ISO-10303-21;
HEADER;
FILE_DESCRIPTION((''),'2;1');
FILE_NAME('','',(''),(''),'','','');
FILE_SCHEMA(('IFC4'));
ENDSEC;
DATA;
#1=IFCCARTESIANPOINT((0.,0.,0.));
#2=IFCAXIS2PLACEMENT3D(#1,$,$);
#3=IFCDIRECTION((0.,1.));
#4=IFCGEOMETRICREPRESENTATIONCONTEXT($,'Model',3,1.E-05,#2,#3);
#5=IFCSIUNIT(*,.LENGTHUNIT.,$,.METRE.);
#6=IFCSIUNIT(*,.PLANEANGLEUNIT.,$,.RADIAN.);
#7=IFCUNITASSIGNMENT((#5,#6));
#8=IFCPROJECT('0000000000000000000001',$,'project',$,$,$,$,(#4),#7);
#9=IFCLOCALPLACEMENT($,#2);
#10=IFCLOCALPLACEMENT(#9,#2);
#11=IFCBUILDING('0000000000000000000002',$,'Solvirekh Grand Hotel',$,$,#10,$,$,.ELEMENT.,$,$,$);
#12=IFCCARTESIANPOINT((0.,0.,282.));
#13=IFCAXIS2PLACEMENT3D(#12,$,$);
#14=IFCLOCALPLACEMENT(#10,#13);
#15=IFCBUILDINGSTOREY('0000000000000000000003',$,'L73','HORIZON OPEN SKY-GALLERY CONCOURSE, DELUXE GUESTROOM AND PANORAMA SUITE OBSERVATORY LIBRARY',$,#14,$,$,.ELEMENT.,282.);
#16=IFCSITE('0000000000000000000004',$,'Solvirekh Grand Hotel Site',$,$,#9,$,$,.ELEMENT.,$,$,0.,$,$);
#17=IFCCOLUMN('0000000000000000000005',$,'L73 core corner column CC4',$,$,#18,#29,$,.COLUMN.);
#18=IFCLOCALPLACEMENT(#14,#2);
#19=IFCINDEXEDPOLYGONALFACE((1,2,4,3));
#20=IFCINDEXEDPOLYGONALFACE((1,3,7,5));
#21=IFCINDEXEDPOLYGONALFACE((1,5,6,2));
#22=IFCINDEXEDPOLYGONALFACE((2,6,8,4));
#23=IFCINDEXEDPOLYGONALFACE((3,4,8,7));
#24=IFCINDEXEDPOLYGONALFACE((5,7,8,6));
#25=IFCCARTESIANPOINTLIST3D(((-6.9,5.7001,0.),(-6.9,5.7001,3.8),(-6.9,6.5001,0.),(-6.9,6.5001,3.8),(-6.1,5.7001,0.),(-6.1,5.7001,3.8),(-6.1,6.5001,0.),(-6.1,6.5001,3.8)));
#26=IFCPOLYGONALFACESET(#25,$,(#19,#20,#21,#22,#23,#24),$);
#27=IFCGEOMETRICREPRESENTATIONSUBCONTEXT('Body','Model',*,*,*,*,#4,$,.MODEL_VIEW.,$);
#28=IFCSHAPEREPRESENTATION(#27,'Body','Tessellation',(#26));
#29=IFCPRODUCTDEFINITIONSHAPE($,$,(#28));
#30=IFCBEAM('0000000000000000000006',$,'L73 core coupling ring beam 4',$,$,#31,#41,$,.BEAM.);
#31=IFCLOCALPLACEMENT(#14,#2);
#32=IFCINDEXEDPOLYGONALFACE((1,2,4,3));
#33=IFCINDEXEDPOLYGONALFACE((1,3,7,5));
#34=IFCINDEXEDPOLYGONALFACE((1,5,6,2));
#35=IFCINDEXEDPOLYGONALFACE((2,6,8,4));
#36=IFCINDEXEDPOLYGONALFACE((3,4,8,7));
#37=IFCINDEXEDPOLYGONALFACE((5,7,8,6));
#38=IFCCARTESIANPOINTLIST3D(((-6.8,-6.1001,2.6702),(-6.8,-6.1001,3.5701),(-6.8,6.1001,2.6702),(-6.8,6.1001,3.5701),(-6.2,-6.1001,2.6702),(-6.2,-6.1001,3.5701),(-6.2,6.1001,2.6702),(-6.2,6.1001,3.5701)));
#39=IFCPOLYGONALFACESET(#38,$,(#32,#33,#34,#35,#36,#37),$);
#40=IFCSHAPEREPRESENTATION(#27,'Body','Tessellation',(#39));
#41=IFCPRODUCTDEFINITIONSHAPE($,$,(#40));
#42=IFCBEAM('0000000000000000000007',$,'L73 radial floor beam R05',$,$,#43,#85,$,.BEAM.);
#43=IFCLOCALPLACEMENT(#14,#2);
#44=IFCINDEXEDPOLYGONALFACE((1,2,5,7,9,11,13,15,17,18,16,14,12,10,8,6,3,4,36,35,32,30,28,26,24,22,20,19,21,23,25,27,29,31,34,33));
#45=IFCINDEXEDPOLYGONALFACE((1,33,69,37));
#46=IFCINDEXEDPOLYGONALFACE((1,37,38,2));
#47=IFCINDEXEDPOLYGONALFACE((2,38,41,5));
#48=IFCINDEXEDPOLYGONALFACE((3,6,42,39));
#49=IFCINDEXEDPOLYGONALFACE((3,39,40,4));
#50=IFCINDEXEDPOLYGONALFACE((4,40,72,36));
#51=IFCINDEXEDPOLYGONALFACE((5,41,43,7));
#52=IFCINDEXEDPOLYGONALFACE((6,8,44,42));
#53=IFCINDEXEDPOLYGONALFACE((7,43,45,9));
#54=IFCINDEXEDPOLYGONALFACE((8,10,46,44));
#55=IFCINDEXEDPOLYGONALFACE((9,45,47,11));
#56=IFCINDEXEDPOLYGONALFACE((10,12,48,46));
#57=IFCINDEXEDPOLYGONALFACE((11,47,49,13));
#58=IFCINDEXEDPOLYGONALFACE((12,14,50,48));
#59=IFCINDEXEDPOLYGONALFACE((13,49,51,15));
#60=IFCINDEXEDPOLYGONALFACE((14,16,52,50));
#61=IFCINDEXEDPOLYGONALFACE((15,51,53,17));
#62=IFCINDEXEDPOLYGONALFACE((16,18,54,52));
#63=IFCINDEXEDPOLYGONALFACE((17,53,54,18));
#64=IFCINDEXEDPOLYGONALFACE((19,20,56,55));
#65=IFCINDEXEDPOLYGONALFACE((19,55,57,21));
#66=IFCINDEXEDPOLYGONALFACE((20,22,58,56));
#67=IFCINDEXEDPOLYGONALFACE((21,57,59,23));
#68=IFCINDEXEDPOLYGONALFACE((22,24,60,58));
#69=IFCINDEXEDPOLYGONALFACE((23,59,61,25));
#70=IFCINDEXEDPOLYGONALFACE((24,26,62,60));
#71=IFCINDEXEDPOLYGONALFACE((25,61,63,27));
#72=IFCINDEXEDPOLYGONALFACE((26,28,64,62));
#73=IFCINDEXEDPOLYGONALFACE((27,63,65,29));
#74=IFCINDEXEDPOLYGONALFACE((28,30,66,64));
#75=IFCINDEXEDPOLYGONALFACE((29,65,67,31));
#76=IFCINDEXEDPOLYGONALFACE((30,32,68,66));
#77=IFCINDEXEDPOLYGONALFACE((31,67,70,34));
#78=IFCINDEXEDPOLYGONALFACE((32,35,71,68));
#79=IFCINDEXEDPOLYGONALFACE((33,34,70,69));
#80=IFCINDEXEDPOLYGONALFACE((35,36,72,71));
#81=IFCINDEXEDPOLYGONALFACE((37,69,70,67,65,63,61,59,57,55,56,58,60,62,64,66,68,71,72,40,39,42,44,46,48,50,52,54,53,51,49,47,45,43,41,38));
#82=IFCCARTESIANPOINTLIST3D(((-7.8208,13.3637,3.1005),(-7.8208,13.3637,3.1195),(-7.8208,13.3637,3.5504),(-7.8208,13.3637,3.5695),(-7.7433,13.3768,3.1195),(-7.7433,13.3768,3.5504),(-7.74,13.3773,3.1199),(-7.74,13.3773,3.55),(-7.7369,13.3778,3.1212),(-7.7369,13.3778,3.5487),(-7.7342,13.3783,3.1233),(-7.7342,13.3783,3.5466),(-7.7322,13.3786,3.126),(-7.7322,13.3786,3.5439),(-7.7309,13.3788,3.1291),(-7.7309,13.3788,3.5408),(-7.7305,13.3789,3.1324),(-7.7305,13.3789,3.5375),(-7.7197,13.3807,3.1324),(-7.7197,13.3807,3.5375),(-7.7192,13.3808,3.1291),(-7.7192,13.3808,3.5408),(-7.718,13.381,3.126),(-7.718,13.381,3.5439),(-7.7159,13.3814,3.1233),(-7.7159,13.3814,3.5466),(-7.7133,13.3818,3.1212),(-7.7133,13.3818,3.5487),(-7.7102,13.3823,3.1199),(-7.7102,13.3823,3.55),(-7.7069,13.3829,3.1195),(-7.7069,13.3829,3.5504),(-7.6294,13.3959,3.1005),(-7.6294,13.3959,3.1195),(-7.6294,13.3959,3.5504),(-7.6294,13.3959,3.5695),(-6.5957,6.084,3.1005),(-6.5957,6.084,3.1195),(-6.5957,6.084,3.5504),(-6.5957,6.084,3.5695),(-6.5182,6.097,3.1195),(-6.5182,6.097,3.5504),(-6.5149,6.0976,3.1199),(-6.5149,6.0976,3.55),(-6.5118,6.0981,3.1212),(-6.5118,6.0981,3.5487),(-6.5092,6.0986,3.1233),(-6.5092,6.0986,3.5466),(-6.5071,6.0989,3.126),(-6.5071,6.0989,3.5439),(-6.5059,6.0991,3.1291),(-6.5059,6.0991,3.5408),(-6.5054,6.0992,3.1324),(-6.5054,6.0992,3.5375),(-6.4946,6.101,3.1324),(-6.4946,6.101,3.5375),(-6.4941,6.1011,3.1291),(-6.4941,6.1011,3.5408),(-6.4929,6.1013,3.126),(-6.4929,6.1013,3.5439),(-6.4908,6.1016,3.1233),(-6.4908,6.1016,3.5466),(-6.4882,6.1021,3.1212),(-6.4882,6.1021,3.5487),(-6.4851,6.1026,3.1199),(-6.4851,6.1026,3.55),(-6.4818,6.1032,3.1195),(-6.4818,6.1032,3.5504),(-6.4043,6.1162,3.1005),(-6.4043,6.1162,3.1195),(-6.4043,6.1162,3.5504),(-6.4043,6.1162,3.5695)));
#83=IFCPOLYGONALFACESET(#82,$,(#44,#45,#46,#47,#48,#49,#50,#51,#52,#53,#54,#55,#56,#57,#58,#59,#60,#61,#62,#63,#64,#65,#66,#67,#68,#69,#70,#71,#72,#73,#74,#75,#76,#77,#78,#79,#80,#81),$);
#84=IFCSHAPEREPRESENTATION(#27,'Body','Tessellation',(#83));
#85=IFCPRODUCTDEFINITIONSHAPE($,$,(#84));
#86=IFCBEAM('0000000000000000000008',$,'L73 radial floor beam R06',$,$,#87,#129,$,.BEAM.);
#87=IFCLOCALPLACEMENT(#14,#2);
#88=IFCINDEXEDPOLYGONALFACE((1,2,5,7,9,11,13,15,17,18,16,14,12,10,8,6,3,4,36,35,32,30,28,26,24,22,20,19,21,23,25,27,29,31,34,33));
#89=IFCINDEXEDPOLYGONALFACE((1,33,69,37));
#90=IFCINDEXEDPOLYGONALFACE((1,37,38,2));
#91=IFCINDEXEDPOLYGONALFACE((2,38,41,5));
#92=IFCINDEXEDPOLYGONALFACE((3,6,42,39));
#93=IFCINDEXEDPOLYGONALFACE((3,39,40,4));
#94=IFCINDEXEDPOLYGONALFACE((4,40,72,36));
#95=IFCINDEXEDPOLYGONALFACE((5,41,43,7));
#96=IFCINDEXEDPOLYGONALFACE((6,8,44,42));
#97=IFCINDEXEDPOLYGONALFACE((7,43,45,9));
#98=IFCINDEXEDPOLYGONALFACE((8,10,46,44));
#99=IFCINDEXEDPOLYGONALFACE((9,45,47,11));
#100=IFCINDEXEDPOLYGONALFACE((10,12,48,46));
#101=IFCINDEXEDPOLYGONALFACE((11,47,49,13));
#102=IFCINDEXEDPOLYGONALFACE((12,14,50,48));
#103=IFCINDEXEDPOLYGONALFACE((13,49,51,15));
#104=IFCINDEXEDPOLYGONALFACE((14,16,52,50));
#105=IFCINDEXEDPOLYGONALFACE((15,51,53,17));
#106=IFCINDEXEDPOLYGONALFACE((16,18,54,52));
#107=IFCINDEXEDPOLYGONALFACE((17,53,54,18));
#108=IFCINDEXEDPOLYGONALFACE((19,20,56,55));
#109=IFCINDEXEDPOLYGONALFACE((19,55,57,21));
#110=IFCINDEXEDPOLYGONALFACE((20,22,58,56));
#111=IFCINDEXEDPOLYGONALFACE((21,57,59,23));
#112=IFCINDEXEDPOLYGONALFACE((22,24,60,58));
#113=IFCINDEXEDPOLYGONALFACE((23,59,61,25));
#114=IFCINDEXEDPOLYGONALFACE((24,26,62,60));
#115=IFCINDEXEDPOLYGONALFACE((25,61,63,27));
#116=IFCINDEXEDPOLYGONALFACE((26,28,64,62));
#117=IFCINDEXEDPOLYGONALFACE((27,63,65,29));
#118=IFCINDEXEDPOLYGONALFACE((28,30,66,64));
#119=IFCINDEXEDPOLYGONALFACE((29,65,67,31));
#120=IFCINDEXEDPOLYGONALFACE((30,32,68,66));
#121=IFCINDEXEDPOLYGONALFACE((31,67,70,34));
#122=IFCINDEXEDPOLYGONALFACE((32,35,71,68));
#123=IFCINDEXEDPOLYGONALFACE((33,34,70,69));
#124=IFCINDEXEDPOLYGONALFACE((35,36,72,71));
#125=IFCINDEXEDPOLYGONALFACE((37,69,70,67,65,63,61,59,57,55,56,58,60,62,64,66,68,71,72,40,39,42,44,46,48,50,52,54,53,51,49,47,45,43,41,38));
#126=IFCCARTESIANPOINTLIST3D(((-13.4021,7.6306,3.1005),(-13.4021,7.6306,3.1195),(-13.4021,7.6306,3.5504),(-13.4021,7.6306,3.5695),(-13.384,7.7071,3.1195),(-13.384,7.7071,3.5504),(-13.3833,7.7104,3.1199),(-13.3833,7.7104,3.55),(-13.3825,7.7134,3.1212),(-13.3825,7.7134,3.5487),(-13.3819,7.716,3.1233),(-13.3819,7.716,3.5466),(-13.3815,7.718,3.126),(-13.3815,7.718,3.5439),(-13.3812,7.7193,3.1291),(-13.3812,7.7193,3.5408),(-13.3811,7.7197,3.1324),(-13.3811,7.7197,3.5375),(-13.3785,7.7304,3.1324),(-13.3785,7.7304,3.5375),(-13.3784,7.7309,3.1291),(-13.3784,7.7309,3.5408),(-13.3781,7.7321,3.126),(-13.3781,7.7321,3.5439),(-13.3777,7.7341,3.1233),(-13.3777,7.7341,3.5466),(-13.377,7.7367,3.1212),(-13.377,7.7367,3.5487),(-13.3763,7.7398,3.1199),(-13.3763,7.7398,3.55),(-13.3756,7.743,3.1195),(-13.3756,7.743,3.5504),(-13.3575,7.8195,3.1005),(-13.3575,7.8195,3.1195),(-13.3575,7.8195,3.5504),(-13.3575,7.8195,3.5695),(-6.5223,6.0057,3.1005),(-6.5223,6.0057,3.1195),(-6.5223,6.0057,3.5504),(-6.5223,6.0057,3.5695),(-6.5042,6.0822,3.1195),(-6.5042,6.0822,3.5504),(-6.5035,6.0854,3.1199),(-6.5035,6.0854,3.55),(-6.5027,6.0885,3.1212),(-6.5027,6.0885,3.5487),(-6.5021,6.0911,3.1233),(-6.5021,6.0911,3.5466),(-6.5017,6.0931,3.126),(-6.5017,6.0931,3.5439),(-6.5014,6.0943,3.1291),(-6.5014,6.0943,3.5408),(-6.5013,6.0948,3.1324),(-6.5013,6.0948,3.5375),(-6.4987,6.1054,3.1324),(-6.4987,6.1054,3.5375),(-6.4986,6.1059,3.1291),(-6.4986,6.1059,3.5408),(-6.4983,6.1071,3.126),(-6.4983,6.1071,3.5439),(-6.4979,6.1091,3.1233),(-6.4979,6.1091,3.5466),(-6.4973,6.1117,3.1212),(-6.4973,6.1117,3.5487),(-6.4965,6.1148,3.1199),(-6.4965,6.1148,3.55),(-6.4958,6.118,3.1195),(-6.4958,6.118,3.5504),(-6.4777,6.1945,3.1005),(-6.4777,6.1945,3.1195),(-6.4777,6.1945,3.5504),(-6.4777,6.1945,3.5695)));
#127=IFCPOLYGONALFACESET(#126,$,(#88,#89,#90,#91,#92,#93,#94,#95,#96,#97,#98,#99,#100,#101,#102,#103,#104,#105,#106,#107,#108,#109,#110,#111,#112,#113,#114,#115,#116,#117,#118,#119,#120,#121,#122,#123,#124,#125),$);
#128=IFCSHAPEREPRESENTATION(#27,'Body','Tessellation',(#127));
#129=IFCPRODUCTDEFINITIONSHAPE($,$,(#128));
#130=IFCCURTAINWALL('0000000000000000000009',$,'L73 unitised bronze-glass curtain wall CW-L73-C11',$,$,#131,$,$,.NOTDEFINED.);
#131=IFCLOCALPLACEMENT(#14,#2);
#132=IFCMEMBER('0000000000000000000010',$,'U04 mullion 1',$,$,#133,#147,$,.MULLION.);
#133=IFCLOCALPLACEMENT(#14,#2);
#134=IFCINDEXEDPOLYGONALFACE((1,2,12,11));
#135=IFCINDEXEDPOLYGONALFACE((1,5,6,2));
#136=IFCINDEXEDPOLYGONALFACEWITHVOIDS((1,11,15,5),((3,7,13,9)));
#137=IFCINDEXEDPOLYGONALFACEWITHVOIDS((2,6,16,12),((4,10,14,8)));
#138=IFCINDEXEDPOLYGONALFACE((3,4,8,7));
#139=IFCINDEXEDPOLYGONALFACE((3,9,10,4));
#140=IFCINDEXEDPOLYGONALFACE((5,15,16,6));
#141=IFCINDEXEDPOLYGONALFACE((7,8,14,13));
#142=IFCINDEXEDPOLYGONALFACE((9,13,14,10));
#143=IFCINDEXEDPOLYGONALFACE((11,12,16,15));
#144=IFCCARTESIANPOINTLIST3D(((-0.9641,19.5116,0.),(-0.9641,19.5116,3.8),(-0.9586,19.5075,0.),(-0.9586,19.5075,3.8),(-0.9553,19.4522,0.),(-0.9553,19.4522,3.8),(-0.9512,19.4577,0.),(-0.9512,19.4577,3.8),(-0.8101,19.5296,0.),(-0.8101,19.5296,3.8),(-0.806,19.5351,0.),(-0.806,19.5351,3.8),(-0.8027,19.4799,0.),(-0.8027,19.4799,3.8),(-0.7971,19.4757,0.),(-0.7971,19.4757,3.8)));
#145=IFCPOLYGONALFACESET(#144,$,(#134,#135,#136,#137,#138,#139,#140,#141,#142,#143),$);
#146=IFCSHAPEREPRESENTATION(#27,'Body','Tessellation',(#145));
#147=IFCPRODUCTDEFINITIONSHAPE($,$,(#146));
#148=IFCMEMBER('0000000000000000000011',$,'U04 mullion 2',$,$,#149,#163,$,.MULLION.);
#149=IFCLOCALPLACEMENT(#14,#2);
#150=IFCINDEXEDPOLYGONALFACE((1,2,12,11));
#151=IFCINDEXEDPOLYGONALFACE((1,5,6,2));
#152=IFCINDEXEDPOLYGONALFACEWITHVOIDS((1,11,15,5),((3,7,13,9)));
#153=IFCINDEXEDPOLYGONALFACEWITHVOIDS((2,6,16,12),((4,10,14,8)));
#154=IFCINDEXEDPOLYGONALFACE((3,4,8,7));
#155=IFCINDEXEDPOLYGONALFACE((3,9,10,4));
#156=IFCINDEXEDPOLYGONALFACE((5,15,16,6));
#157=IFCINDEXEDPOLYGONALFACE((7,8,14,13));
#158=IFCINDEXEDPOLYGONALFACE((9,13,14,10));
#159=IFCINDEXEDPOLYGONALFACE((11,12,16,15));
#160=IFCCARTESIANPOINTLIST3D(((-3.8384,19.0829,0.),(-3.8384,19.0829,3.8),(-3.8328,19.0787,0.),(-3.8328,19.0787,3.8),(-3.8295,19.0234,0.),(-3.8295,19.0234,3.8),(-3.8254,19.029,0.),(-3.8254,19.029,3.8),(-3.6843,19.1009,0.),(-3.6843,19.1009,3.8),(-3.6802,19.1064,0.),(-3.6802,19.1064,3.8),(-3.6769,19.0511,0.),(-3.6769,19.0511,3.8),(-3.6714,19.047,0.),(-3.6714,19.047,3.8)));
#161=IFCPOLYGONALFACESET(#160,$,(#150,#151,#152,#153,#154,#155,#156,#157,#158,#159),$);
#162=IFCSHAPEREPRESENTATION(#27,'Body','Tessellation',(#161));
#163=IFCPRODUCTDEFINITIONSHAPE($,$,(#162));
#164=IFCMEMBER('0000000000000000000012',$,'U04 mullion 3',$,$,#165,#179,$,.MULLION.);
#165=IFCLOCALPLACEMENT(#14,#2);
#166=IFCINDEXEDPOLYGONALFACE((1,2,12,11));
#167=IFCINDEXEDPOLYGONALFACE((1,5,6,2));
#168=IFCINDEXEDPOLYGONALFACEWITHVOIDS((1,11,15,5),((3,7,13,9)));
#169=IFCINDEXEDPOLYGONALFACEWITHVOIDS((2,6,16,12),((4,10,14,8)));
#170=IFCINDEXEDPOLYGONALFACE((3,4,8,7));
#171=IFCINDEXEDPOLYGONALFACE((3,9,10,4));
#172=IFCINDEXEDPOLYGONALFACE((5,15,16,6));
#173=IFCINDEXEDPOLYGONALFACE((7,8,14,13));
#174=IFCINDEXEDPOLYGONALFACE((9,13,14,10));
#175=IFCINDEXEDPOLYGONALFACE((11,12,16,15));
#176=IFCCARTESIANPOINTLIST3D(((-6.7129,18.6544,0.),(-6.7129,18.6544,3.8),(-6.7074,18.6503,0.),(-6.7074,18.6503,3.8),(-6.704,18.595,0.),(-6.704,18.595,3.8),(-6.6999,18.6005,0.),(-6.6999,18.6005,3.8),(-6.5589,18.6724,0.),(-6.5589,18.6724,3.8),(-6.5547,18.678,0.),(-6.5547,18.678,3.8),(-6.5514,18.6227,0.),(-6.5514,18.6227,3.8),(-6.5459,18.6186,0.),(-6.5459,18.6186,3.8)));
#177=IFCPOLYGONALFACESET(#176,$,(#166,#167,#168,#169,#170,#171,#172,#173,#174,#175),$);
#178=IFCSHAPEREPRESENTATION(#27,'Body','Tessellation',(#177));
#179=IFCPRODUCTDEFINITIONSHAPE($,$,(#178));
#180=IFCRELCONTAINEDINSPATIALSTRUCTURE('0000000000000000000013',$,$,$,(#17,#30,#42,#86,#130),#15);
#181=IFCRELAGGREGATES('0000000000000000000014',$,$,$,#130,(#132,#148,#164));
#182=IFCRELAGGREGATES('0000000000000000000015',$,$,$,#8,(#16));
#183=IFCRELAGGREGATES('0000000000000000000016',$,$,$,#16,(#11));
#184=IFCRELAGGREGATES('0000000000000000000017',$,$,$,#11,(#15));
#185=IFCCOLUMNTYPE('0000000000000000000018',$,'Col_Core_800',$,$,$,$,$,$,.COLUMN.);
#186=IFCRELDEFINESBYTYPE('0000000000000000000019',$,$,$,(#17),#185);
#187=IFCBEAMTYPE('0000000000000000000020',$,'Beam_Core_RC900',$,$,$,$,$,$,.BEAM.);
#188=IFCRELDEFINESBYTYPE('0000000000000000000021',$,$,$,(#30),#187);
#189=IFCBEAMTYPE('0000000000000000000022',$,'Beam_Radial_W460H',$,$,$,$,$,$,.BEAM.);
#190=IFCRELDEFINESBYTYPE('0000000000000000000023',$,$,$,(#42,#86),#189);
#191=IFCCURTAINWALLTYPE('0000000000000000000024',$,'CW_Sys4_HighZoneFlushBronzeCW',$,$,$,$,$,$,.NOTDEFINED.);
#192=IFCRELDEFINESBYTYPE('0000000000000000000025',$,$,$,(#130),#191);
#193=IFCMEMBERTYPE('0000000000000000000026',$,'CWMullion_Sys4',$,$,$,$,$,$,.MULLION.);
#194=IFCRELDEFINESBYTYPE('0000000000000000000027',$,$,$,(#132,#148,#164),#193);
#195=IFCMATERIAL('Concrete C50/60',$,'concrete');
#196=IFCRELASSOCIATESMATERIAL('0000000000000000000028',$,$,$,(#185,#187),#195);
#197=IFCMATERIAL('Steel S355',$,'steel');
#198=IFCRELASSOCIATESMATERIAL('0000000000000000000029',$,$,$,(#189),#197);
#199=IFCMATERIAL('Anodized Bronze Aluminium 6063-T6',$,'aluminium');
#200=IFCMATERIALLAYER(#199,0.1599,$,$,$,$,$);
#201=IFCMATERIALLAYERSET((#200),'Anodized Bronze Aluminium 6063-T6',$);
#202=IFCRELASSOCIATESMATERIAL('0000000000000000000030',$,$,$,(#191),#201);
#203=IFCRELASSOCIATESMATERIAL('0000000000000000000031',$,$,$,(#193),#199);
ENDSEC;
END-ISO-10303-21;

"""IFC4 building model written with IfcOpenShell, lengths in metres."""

from ifc_helpers import new_model, si_unit, direction, frame, origin, origin_2d, place, context, subcontext, project, spatial, rectangle, hollow_rectangle, i_section, extrude, source, transform, mapped, material, layer, layer_set, material_profile, profile_set, type_object, element, aggregate, save


model = new_model("IFC4")

# Units and contexts
model_context = context("Model", 3, precision=1e-05, world=origin(), true_north=direction((0.0, 1.0)))
body_context = subcontext(model_context, "Body", "Model", "MODEL_VIEW")
ifc_project = project(units=[si_unit("LENGTHUNIT", "METRE"), si_unit("PLANEANGLEUNIT", "RADIAN")], contexts=[model_context])

# Site, building, storey
site_placement = place(None, origin())
site = spatial("IfcSite", under=ifc_project, at=site_placement, Name="Solvirekh Grand Hotel Site", CompositionType="ELEMENT", RefElevation=0.0)
building_placement = place(site_placement, origin())
building = spatial("IfcBuilding", under=site, at=building_placement, Name="Solvirekh Grand Hotel", CompositionType="ELEMENT")
storey_placement = place(building_placement, frame((0.0, 0.0, 282.0)))
storey = spatial("IfcBuildingStorey", under=building, at=storey_placement, Name="L73", Description="HORIZON OPEN SKY-GALLERY CONCOURSE, DELUXE GUESTROOM AND PANORAMA SUITE OBSERVATORY LIBRARY", CompositionType="ELEMENT", Elevation=282.0)

# Column
ifc_material_1 = material(Name="Concrete C50/60", Category="concrete")
ifc_material_profile_1 = material_profile(ifc_material_1, rectangle(XDim=0.8, YDim=0.8, at=origin_2d()), Name="RC 800X800")
ifc_profile_set_1 = profile_set([ifc_material_profile_1], Name="Concrete C50/60")
column_type = type_object("IfcColumnType", Name="Col_Core_800", PredefinedType="COLUMN", material=ifc_profile_set_1)
column_placement = place(storey_placement, frame((-6.5, 6.1001, 0.0), z_axis=(0.0, 0.0, 1.0), x_axis=(1.0, 0.0, 0.0)))
element("IfcColumn", 1, at=column_placement, inside=storey, type_object=column_type, Name="L73 core corner column CC4", PredefinedType="COLUMN", context=body_context, shape_type="SweptSolid", body=[
    extrude(rectangle(XDim=0.8, YDim=0.8, at=origin_2d()), origin(), (0.0, 0.0, 1.0), 3.8),
])

# Beams
ifc_material_profile_2 = material_profile(ifc_material_1, rectangle(XDim=0.6001, YDim=0.8999, at=origin_2d()), Name="RC BEAM 600X900")
ifc_profile_set_2 = profile_set([ifc_material_profile_2], Name="Concrete C50/60")
beam_type_1 = type_object("IfcBeamType", Name="Beam_Core_RC900", PredefinedType="BEAM", material=ifc_profile_set_2)
beam_1_placement = place(storey_placement, frame((-6.5, 6.1001, 3.1201), z_axis=(0.0, -1.0, 0.0), x_axis=(1.0, 0.0, 0.0)))
element("IfcBeam", 2, at=beam_1_placement, inside=storey, type_object=beam_type_1, Name="L73 core coupling ring beam 4", PredefinedType="BEAM", context=body_context, shape_type="SweptSolid", body=[
    extrude(rectangle(XDim=0.6001, YDim=0.8999, at=origin_2d()), origin(), (0.0, 0.0, 1.0), 12.2002),
])
ifc_material_2 = material(Name="Steel S355", Category="steel")
ifc_material_profile_3 = material_profile(ifc_material_2, i_section(OverallWidth=0.1941, OverallDepth=0.469, WebThickness=0.011, FlangeThickness=0.019, FilletRadius=0.0129, at=origin_2d()), Name="W460X106")
ifc_profile_set_3 = profile_set([ifc_material_profile_3], Name="Steel S355")
beam_type_2 = type_object("IfcBeamType", Name="Beam_Radial_W460H", PredefinedType="BEAM", material=ifc_profile_set_3)
beam_2_placement = place(storey_placement, frame((-6.5, 6.1001, 3.335), z_axis=(-0.165954, 0.986133, 0.0), x_axis=(-0.986133, -0.165954, 0.0)))
element("IfcBeam", 3, at=beam_2_placement, inside=storey, type_object=beam_type_2, Name="L73 radial floor beam R05", PredefinedType="BEAM", context=body_context, shape_type="SweptSolid", body=[
    extrude(i_section(OverallWidth=0.1941, OverallDepth=0.469, WebThickness=0.011, FlangeThickness=0.019, FilletRadius=0.0129, at=origin_2d()), origin(), (0.0, 0.0, 1.0), 7.3821),
])
beam_3_placement = place(storey_placement, frame((-6.5, 6.1001, 3.335), z_axis=(-0.973221, 0.229871, 0.0), x_axis=(-0.229871, -0.973221, 0.0)))
element("IfcBeam", 4, at=beam_3_placement, inside=storey, type_object=beam_type_2, Name="L73 radial floor beam R06", PredefinedType="BEAM", context=body_context, shape_type="SweptSolid", body=[
    extrude(i_section(OverallWidth=0.1941, OverallDepth=0.469, WebThickness=0.011, FlangeThickness=0.019, FilletRadius=0.0129, at=origin_2d()), origin(), (0.0, 0.0, 1.0), 7.0691),
])

# Curtain wall, members
ifc_material_3 = material(Name="Anodized Bronze Aluminium 6063-T6", Category="aluminium")
ifc_layer_1 = layer(ifc_material_3, 0.1599)
ifc_layer_set_1 = layer_set([ifc_layer_1], Name="Anodized Bronze Aluminium 6063-T6")
curtain_wall_type = type_object("IfcCurtainWallType", Name="CW_Sys4_HighZoneFlushBronzeCW", PredefinedType="NOTDEFINED", material=ifc_layer_set_1)
curtain_wall_placement = place(storey_placement, origin())
curtain_wall = element("IfcCurtainWall", 5, at=curtain_wall_placement, inside=storey, type_object=curtain_wall_type, Name="L73 unitised bronze-glass curtain wall CW-L73-C11", PredefinedType="NOTDEFINED")
ifc_material_profile_4 = material_profile(ifc_material_3, hollow_rectangle(XDim=0.0601, YDim=0.1599, WallThickness=0.0049, at=origin_2d()), Name="ALU RHS 160X60X5")
ifc_profile_set_4 = profile_set([ifc_material_profile_4], Name="Anodized Bronze Aluminium 6063-T6")
member_type_1 = type_object("IfcMemberType", Name="CWMullion_Sys4", PredefinedType="MULLION", material=ifc_profile_set_4)
shared_shape_1 = source(origin(), body_context, "Body", "SweptSolid", [
    extrude(hollow_rectangle(XDim=0.0601, YDim=0.1599, WallThickness=0.0049, at=origin_2d()), origin(), (0.0, 0.0, 1.0), 3.8),
])
member_1_placement = place(storey_placement, frame((-0.8806, 19.4937, 0.0), z_axis=(0.0, 0.0, 1.0), x_axis=(0.147474, -0.989066, 0.0)))
member_1 = element("IfcMember", 6, at=member_1_placement, type_object=member_type_1, Name="U04 mullion 1", PredefinedType="MULLION", context=body_context, shape_type="MappedRepresentation", body=[
    mapped(shared_shape_1, transform((0.0, 0.0, 0.0), x_axis=(1.0, 0.0, 0.0), y_axis=(0.0, 1.0, 0.0), z_axis=(0.0, 0.0, 1.0), scale=1.0)),
])
member_2_placement = place(storey_placement, frame((-3.7549, 19.0649, 0.0), z_axis=(0.0, 0.0, 1.0), x_axis=(0.147474, -0.989066, 0.0)))
member_2 = element("IfcMember", 7, at=member_2_placement, type_object=member_type_1, Name="U04 mullion 2", PredefinedType="MULLION", context=body_context, shape_type="MappedRepresentation", body=[
    mapped(shared_shape_1, transform((0.0, 0.0, 0.0), x_axis=(1.0, 0.0, 0.0), y_axis=(0.0, 1.0, 0.0), z_axis=(0.0, 0.0, 1.0), scale=1.0)),
])
member_3_placement = place(storey_placement, frame((-6.6294, 18.6365, 0.0), z_axis=(0.0, 0.0, 1.0), x_axis=(0.147474, -0.989066, 0.0)))
member_3 = element("IfcMember", 8, at=member_3_placement, type_object=member_type_1, Name="U04 mullion 3", PredefinedType="MULLION", context=body_context, shape_type="MappedRepresentation", body=[
    mapped(shared_shape_1, transform((0.0, 0.0, 0.0), x_axis=(1.0, 0.0, 0.0), y_axis=(0.0, 1.0, 0.0), z_axis=(0.0, 0.0, 1.0), scale=1.0)),
])
aggregate(curtain_wall, [member_1, member_2, member_3])

save(model, "model.ifc")
